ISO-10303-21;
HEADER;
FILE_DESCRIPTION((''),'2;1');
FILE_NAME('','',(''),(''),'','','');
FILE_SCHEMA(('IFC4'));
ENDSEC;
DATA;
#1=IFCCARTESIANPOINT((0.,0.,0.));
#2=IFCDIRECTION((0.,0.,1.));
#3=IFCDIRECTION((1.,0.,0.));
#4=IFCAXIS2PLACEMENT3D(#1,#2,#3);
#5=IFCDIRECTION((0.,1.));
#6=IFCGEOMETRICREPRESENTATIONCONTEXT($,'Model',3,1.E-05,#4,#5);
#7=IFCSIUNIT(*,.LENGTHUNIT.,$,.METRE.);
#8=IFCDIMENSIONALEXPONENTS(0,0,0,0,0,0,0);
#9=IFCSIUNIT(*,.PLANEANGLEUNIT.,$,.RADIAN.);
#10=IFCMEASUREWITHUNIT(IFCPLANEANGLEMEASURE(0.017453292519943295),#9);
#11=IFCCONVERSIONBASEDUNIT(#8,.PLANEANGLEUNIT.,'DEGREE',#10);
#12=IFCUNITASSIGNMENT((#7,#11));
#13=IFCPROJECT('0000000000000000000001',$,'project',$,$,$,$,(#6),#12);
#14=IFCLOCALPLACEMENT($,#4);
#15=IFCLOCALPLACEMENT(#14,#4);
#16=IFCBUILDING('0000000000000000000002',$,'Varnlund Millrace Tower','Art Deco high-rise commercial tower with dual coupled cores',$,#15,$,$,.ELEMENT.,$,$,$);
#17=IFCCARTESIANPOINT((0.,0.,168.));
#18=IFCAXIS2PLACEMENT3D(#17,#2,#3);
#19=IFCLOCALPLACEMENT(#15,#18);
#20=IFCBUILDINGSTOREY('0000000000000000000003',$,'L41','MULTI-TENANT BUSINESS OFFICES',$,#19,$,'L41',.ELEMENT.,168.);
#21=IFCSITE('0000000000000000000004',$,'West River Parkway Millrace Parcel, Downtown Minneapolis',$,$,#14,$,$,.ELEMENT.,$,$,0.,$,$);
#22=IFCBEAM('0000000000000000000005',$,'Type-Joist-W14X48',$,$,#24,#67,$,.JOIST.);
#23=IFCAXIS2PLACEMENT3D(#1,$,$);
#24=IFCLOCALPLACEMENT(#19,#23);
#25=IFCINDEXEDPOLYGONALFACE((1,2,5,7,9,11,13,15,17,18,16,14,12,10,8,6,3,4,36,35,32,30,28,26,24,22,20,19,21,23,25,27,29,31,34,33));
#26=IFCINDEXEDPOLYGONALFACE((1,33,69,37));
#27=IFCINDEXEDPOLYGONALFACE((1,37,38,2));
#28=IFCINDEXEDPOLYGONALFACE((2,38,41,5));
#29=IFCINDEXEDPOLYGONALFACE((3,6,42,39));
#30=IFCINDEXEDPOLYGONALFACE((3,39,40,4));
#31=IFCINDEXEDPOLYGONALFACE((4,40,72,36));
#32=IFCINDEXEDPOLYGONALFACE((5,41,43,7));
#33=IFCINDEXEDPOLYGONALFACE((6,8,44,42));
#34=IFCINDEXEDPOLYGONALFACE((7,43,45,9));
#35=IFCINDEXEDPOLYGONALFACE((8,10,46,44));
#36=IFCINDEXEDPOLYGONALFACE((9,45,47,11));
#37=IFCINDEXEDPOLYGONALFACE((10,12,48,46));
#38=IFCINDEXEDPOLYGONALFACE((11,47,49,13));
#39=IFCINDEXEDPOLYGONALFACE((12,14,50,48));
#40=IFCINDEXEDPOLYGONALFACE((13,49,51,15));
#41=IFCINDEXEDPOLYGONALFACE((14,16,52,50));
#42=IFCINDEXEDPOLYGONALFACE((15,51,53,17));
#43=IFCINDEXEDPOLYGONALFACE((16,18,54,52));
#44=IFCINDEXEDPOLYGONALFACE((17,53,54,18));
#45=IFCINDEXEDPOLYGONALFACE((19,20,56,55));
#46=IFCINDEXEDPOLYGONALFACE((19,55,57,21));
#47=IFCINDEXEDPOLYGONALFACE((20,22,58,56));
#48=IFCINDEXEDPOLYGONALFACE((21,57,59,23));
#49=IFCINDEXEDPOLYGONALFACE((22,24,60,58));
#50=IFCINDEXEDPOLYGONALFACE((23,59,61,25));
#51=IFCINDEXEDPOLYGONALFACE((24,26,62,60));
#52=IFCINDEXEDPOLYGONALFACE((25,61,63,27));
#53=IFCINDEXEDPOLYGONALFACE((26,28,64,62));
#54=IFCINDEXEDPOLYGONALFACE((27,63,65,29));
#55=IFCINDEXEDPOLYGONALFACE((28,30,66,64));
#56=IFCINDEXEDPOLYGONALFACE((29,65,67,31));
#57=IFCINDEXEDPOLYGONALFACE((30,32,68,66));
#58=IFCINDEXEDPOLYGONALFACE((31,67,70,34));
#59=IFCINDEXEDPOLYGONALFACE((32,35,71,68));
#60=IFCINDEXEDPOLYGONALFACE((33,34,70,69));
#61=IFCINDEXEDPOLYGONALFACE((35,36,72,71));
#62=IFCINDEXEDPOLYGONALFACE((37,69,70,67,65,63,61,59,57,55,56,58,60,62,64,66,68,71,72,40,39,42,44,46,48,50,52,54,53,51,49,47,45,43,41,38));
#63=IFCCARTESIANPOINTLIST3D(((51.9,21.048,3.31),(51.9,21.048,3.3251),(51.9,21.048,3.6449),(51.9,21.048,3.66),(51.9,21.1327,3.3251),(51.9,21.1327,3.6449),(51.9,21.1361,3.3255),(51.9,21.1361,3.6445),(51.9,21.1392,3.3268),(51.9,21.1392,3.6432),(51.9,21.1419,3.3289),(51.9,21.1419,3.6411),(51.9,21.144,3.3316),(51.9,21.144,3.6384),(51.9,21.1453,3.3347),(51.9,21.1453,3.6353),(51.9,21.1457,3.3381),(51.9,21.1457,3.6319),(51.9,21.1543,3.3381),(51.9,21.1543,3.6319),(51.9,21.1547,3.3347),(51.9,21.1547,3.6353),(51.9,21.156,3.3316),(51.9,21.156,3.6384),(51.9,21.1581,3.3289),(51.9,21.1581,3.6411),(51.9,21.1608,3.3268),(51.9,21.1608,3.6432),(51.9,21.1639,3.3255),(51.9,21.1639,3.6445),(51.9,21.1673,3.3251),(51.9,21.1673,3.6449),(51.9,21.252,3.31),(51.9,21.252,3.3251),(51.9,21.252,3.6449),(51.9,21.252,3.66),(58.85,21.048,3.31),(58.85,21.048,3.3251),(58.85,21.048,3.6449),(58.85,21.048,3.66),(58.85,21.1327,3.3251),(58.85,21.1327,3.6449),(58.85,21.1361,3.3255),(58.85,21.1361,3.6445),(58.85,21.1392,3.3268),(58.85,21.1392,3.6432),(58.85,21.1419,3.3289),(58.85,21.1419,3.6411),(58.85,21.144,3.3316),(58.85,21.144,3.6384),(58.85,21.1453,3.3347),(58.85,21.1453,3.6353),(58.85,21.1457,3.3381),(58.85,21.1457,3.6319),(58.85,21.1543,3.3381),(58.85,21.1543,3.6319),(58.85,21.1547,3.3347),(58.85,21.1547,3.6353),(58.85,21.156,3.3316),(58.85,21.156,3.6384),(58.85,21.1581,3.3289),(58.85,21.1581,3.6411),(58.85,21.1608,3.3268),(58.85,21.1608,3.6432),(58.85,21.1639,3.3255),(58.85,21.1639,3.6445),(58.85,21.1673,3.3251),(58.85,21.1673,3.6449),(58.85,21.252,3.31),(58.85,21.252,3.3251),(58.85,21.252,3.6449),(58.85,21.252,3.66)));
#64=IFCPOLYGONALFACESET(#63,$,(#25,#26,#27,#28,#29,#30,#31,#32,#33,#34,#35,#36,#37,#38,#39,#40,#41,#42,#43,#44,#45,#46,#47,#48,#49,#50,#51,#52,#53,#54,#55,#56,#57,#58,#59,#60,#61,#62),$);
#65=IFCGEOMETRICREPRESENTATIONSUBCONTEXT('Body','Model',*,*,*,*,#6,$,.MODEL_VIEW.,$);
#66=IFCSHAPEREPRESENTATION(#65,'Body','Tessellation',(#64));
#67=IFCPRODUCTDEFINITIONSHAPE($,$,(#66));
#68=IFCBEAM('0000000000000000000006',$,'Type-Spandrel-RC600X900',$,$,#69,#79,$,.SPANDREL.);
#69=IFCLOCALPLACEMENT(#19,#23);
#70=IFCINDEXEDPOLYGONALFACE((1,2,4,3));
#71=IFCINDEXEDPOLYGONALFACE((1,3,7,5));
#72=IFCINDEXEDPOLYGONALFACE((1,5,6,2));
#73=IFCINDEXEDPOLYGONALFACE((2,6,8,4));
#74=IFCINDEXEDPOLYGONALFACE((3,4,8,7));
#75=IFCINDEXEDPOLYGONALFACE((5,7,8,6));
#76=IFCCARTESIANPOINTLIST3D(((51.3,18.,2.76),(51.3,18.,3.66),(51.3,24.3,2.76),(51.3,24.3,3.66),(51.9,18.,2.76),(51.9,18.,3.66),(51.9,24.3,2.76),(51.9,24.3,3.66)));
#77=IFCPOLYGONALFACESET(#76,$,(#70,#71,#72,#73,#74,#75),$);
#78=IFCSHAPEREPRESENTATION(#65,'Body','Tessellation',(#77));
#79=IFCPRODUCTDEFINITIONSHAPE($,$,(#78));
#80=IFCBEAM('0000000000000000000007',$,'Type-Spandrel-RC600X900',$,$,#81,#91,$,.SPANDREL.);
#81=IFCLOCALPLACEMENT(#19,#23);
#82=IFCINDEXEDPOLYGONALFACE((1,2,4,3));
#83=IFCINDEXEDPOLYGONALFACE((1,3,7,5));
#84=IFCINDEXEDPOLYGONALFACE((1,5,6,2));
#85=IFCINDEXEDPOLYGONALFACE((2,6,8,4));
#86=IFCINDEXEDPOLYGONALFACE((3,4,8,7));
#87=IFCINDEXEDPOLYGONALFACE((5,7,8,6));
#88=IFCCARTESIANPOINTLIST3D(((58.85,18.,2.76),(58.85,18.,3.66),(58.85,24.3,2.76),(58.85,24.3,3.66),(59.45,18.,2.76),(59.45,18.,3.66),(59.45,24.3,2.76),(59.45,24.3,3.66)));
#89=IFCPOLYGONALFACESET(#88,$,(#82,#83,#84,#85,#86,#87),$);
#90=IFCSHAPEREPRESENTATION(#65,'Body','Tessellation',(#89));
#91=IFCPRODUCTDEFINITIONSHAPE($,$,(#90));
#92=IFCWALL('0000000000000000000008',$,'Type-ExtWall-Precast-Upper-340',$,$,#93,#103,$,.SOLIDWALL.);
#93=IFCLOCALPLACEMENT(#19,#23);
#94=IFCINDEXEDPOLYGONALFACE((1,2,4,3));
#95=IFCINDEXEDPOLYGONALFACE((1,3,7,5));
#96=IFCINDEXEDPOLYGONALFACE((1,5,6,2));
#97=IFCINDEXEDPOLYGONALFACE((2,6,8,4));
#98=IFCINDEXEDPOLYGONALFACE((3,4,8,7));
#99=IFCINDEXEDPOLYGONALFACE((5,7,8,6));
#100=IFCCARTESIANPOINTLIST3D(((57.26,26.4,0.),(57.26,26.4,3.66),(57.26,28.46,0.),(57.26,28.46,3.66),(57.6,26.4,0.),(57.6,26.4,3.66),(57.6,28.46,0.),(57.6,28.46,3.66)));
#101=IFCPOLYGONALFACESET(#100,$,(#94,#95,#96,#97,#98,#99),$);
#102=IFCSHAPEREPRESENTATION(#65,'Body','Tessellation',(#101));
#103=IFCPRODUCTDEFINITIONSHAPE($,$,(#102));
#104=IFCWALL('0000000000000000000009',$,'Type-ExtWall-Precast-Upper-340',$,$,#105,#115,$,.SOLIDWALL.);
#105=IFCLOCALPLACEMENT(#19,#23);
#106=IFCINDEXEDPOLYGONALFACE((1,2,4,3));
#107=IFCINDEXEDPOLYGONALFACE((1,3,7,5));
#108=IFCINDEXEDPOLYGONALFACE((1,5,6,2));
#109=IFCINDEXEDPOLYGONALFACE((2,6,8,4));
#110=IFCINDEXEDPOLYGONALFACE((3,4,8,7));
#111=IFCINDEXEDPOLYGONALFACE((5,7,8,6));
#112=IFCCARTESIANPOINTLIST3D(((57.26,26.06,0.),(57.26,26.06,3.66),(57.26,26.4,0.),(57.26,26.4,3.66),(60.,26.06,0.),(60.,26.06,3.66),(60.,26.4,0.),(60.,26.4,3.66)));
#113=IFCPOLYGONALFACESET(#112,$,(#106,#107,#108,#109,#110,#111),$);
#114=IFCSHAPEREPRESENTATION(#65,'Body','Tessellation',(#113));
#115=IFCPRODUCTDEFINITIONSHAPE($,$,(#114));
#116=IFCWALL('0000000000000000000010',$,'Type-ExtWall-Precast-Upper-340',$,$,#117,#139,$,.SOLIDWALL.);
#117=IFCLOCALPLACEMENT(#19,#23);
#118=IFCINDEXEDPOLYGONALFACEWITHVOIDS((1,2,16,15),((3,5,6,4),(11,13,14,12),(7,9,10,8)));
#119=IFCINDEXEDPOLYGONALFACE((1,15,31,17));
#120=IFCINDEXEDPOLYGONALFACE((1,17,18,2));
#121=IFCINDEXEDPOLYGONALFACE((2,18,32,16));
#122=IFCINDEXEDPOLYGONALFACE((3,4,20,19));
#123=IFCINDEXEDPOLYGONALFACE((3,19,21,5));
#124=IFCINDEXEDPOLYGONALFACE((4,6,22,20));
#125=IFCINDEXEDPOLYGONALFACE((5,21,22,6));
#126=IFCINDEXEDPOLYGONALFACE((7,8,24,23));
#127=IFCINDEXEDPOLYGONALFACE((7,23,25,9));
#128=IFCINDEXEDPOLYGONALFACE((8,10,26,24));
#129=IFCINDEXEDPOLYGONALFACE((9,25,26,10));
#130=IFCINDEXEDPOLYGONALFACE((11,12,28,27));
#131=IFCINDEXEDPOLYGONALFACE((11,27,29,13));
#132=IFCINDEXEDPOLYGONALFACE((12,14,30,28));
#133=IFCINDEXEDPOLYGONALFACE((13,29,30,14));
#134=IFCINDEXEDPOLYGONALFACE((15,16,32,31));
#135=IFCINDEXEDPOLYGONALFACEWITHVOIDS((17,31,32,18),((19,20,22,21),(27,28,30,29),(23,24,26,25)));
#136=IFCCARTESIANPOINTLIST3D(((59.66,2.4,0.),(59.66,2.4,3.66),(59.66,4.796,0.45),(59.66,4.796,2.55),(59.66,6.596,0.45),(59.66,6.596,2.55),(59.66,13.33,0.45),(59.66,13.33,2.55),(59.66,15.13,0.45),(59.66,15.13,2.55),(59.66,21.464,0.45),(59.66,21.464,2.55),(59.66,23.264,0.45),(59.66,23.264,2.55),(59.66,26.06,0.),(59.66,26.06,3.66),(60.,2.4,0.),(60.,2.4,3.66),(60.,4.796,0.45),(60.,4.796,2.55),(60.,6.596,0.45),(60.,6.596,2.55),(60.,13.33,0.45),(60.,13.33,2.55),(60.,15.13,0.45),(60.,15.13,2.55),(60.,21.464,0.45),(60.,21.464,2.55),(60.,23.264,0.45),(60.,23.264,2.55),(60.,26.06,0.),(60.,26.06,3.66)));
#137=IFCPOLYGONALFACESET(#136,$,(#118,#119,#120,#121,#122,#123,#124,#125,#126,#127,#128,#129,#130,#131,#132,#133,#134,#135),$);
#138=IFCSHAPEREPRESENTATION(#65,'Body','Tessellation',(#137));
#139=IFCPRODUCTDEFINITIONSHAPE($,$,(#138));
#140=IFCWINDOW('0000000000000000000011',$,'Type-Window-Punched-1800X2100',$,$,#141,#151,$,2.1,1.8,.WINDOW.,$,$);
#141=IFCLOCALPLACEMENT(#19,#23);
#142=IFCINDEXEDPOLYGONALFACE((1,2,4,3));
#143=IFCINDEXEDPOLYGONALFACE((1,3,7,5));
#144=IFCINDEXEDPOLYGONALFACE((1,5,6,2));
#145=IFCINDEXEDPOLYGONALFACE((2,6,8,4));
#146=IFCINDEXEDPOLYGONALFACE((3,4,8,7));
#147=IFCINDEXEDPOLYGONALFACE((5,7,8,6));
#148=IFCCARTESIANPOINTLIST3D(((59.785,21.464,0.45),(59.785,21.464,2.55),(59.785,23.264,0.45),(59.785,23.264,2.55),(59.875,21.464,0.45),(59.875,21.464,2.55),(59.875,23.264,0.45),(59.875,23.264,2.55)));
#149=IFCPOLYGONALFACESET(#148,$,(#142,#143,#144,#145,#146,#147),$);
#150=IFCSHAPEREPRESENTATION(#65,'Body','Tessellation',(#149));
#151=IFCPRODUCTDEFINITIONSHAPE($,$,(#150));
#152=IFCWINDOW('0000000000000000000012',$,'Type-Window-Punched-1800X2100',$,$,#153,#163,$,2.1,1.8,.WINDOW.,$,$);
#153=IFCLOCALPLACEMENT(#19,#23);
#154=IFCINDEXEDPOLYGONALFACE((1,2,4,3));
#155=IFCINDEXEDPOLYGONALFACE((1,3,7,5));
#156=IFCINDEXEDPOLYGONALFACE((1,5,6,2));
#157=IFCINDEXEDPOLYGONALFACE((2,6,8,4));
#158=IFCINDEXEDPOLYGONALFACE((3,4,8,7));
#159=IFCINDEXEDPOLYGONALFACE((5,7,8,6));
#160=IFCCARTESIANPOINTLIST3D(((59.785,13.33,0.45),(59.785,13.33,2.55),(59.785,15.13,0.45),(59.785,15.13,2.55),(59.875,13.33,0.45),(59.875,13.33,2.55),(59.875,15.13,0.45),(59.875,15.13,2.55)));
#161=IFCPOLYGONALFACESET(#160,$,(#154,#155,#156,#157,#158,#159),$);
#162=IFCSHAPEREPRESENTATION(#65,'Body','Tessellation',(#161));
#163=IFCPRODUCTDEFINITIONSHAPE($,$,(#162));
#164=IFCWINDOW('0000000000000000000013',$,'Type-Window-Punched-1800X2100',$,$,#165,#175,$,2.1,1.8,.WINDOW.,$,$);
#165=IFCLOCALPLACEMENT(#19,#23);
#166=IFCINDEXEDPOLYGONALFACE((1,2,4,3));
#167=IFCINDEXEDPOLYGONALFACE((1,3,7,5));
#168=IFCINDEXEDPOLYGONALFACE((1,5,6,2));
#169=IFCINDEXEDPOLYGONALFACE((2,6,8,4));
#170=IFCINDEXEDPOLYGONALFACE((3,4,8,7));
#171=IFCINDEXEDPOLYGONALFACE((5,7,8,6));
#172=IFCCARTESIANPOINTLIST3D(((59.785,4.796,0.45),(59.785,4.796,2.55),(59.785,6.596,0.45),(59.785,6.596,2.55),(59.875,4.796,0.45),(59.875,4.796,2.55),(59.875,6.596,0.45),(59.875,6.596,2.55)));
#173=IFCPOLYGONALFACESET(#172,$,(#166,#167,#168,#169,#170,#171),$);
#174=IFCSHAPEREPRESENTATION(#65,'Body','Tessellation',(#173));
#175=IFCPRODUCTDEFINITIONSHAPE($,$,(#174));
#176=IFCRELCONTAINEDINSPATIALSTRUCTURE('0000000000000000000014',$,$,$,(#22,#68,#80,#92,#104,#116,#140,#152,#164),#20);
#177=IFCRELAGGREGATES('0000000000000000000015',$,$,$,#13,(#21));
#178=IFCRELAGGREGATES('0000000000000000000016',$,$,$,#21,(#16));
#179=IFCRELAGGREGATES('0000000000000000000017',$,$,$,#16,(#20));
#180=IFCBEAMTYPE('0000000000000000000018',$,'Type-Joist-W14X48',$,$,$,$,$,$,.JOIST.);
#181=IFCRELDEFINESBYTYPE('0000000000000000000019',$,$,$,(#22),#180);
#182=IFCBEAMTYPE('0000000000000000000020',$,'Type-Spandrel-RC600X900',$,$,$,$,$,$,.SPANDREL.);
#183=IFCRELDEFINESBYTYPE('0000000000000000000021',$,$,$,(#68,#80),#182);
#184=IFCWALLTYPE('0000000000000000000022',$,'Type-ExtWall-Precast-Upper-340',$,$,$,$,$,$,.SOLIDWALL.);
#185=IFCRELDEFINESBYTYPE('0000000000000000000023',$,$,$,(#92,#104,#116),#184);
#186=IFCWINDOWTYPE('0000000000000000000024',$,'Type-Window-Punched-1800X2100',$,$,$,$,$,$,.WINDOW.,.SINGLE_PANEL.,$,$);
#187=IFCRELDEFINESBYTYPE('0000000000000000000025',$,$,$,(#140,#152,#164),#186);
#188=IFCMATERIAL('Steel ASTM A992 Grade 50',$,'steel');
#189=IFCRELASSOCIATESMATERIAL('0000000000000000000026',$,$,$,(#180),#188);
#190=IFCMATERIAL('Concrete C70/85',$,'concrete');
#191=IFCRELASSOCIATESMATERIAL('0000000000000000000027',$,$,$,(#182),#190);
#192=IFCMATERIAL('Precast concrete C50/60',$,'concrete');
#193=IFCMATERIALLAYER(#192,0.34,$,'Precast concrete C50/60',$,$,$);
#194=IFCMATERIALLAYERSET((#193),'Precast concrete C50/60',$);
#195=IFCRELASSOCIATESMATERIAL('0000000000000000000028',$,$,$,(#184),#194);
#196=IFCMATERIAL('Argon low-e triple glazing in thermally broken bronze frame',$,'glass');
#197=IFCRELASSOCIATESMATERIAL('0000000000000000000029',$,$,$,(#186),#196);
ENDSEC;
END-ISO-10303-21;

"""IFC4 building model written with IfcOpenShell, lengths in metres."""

from ifc_helpers import new_model, entity, si_unit, converted_unit, direction, frame, origin_with_axes, origin_2d_with_axis, place, context, subcontext, project, spatial, polyline, rectangle, i_section, outline, extrude, material, layer, layer_set, material_profile, profile_set, type_object, element, fill, save


model = new_model("IFC4")

# Units and contexts
model_context = context("Model", 3, precision=1e-05, world=origin_with_axes(), true_north=direction((0.0, 1.0)))
body_context = subcontext(model_context, "Body", "Model", "MODEL_VIEW")
ifc_project = project(units=[si_unit("LENGTHUNIT", "METRE"), converted_unit("PLANEANGLEUNIT", "DEGREE", entity("IfcPlaneAngleMeasure", 0.017453292519943295), si_unit("PLANEANGLEUNIT", "RADIAN"), dimensions=[0, 0, 0, 0, 0, 0, 0])], contexts=[model_context])

# Site, building, storey
site_placement = place(None, origin_with_axes())
site = spatial("IfcSite", under=ifc_project, at=site_placement, Name="West River Parkway Millrace Parcel, Downtown Minneapolis", CompositionType="ELEMENT", RefElevation=0.0)
building_placement = place(site_placement, origin_with_axes())
building = spatial("IfcBuilding", under=site, at=building_placement, Name="Varnlund Millrace Tower", Description="Art Deco high-rise commercial tower with dual coupled cores", CompositionType="ELEMENT")
storey_placement = place(building_placement, frame((0.0, 0.0, 168.0), z_axis=(0.0, 0.0, 1.0), x_axis=(1.0, 0.0, 0.0)))
storey = spatial("IfcBuildingStorey", under=building, at=storey_placement, Name="L41", Description="MULTI-TENANT BUSINESS OFFICES", LongName="L41", CompositionType="ELEMENT", Elevation=168.0)

# Beams
ifc_material_1 = material(Name="Steel ASTM A992 Grade 50", Category="steel")
ifc_material_profile_1 = material_profile(ifc_material_1, i_section(OverallWidth=0.204, OverallDepth=0.35, WebThickness=0.0086, FlangeThickness=0.0151, FilletRadius=0.013, at=origin_2d_with_axis()), Name="Steel ASTM A992 Grade 50")
ifc_profile_set_1 = profile_set([ifc_material_profile_1], Name="Steel ASTM A992 Grade 50")
beam_type_1 = type_object("IfcBeamType", Name="Type-Joist-W14X48", PredefinedType="JOIST", material=ifc_profile_set_1)
for number, where, z_axis, x_axis, name in (
    (1, (51.9, 21.15, 3.485), (1.0, 0.0, 0.0), (0.0, 1.0, 0.0), "Type-Joist-W14X48"),
):
    element("IfcBeam", number, at=place(storey_placement, frame(where, z_axis=z_axis, x_axis=x_axis)), inside=storey, type_object=beam_type_1, Name=name, PredefinedType="JOIST", context=body_context, shape_type="SweptSolid", body=[
        extrude(i_section(OverallWidth=0.204, OverallDepth=0.35, WebThickness=0.0086, FlangeThickness=0.0151, FilletRadius=0.013, at=origin_2d_with_axis()), origin_with_axes(), (0.0, 0.0, 1.0), 6.95),
    ])
ifc_material_2 = material(Name="Concrete C70/85", Category="concrete")
ifc_material_profile_2 = material_profile(ifc_material_2, rectangle(XDim=0.6, YDim=0.9, at=origin_2d_with_axis()), Name="Concrete C70/85")
ifc_profile_set_2 = profile_set([ifc_material_profile_2], Name="Concrete C70/85")
beam_type_2 = type_object("IfcBeamType", Name="Type-Spandrel-RC600X900", PredefinedType="SPANDREL", material=ifc_profile_set_2)
for number, where, z_axis, x_axis, name in (
    (2, (51.6, 18.0, 3.21), (0.0, 1.0, 0.0), (-1.0, 0.0, 0.0), "Type-Spandrel-RC600X900"),
    (3, (59.15, 18.0, 3.21), (0.0, 1.0, 0.0), (-1.0, 0.0, 0.0), "Type-Spandrel-RC600X900"),
):
    element("IfcBeam", number, at=place(storey_placement, frame(where, z_axis=z_axis, x_axis=x_axis)), inside=storey, type_object=beam_type_2, Name=name, PredefinedType="SPANDREL", context=body_context, shape_type="SweptSolid", body=[
        extrude(rectangle(XDim=0.6, YDim=0.9, at=origin_2d_with_axis()), origin_with_axes(), (0.0, 0.0, 1.0), 6.3),
    ])

# Walls
ifc_material_3 = material(Name="Precast concrete C50/60", Category="concrete")
ifc_layer_1 = layer(ifc_material_3, 0.34, Name="Precast concrete C50/60")
ifc_layer_set_1 = layer_set([ifc_layer_1], Name="Precast concrete C50/60")
wall_type_1 = type_object("IfcWallType", Name="Type-ExtWall-Precast-Upper-340", PredefinedType="SOLIDWALL", material=ifc_layer_set_1)
wall_1_placement = place(storey_placement, frame((57.43, 28.46, 0.0), z_axis=(0.0, 0.0, 1.0), x_axis=(0.0, -1.0, 0.0)))
element("IfcWall", 4, at=wall_1_placement, inside=storey, type_object=wall_type_1, Name="Type-ExtWall-Precast-Upper-340", PredefinedType="SOLIDWALL", context=body_context, shape_type="SweptSolid", body=[
    extrude(outline(polyline([(0.0, -0.17), (2.06, -0.17), (2.06, 0.17), (0.0, 0.17), (0.0, -0.17)])), origin_with_axes(), (0.0, 0.0, 1.0), 3.66),
])
wall_2_placement = place(storey_placement, frame((57.26, 26.23, 0.0), z_axis=(0.0, 0.0, 1.0), x_axis=(1.0, 0.0, 0.0)))
element("IfcWall", 5, at=wall_2_placement, inside=storey, type_object=wall_type_1, Name="Type-ExtWall-Precast-Upper-340", PredefinedType="SOLIDWALL", context=body_context, shape_type="SweptSolid", body=[
    extrude(outline(polyline([(0.0, -0.17), (2.74, -0.17), (2.74, 0.17), (0.0, 0.17), (0.0, -0.17)])), origin_with_axes(), (0.0, 0.0, 1.0), 3.66),
])

# Wall, openings, windows
wall_3_placement = place(storey_placement, frame((59.83, 26.06, 0.0), z_axis=(0.0, 0.0, 1.0), x_axis=(0.0, -1.0, 0.0)))
wall_3 = element("IfcWall", 6, at=wall_3_placement, inside=storey, type_object=wall_type_1, Name="Type-ExtWall-Precast-Upper-340", PredefinedType="SOLIDWALL", context=body_context, shape_type="SweptSolid", body=[
    extrude(outline(polyline([(0.0, -0.17), (23.66, -0.17), (23.66, 0.17), (0.0, 0.17), (0.0, -0.17)])), origin_with_axes(), (0.0, 0.0, 1.0), 3.66),
])
opening_1_placement = place(wall_3_placement, frame((3.696, 0.0, 0.45), z_axis=(0.0, 0.0, 1.0), x_axis=(1.0, 0.0, 0.0)))
opening_1 = element("IfcOpeningElement", 7, at=opening_1_placement, cuts=wall_3, PredefinedType="OPENING", context=body_context, shape_type="SweptSolid", body=[
    extrude(rectangle(XDim=1.8, YDim=0.36, at=origin_2d_with_axis()), origin_with_axes(), (0.0, 0.0, 1.0), 2.1),
])
opening_2_placement = place(wall_3_placement, frame((11.83, 0.0, 0.45), z_axis=(0.0, 0.0, 1.0), x_axis=(1.0, 0.0, 0.0)))
opening_2 = element("IfcOpeningElement", 8, at=opening_2_placement, cuts=wall_3, PredefinedType="OPENING", context=body_context, shape_type="SweptSolid", body=[
    extrude(rectangle(XDim=1.8, YDim=0.36, at=origin_2d_with_axis()), origin_with_axes(), (0.0, 0.0, 1.0), 2.1),
])
opening_3_placement = place(wall_3_placement, frame((20.364, 0.0, 0.45), z_axis=(0.0, 0.0, 1.0), x_axis=(1.0, 0.0, 0.0)))
opening_3 = element("IfcOpeningElement", 9, at=opening_3_placement, cuts=wall_3, PredefinedType="OPENING", context=body_context, shape_type="SweptSolid", body=[
    extrude(rectangle(XDim=1.8, YDim=0.36, at=origin_2d_with_axis()), origin_with_axes(), (0.0, 0.0, 1.0), 2.1),
])
ifc_material_4 = material(Name="Argon low-e triple glazing in thermally broken bronze frame", Category="glass")
window_type = type_object("IfcWindowType", Name="Type-Window-Punched-1800X2100", PartitioningType="SINGLE_PANEL", PredefinedType="WINDOW", material=ifc_material_4)
window_1_placement = place(wall_3_placement, frame((3.696, 0.0, 0.45), z_axis=(0.0, 0.0, 1.0), x_axis=(1.0, 0.0, 0.0)))
window_1 = element("IfcWindow", 10, at=window_1_placement, inside=storey, type_object=window_type, Name="Type-Window-Punched-1800X2100", OverallHeight=2.1, OverallWidth=1.8, PredefinedType="WINDOW", context=body_context, shape_type="SweptSolid", body=[
    extrude(rectangle(XDim=1.8, YDim=0.09, at=origin_2d_with_axis()), origin_with_axes(), (0.0, 0.0, 1.0), 2.1),
])
fill(opening_1, window_1)
window_2_placement = place(wall_3_placement, frame((11.83, 0.0, 0.45), z_axis=(0.0, 0.0, 1.0), x_axis=(1.0, 0.0, 0.0)))
window_2 = element("IfcWindow", 11, at=window_2_placement, inside=storey, type_object=window_type, Name="Type-Window-Punched-1800X2100", OverallHeight=2.1, OverallWidth=1.8, PredefinedType="WINDOW", context=body_context, shape_type="SweptSolid", body=[
    extrude(rectangle(XDim=1.8, YDim=0.09, at=origin_2d_with_axis()), origin_with_axes(), (0.0, 0.0, 1.0), 2.1),
])
fill(opening_2, window_2)
window_3_placement = place(wall_3_placement, frame((20.364, 0.0, 0.45), z_axis=(0.0, 0.0, 1.0), x_axis=(1.0, 0.0, 0.0)))
window_3 = element("IfcWindow", 12, at=window_3_placement, inside=storey, type_object=window_type, Name="Type-Window-Punched-1800X2100", OverallHeight=2.1, OverallWidth=1.8, PredefinedType="WINDOW", context=body_context, shape_type="SweptSolid", body=[
    extrude(rectangle(XDim=1.8, YDim=0.09, at=origin_2d_with_axis()), origin_with_axes(), (0.0, 0.0, 1.0), 2.1),
])
fill(opening_3, window_3)

save(model, "model.ifc")
